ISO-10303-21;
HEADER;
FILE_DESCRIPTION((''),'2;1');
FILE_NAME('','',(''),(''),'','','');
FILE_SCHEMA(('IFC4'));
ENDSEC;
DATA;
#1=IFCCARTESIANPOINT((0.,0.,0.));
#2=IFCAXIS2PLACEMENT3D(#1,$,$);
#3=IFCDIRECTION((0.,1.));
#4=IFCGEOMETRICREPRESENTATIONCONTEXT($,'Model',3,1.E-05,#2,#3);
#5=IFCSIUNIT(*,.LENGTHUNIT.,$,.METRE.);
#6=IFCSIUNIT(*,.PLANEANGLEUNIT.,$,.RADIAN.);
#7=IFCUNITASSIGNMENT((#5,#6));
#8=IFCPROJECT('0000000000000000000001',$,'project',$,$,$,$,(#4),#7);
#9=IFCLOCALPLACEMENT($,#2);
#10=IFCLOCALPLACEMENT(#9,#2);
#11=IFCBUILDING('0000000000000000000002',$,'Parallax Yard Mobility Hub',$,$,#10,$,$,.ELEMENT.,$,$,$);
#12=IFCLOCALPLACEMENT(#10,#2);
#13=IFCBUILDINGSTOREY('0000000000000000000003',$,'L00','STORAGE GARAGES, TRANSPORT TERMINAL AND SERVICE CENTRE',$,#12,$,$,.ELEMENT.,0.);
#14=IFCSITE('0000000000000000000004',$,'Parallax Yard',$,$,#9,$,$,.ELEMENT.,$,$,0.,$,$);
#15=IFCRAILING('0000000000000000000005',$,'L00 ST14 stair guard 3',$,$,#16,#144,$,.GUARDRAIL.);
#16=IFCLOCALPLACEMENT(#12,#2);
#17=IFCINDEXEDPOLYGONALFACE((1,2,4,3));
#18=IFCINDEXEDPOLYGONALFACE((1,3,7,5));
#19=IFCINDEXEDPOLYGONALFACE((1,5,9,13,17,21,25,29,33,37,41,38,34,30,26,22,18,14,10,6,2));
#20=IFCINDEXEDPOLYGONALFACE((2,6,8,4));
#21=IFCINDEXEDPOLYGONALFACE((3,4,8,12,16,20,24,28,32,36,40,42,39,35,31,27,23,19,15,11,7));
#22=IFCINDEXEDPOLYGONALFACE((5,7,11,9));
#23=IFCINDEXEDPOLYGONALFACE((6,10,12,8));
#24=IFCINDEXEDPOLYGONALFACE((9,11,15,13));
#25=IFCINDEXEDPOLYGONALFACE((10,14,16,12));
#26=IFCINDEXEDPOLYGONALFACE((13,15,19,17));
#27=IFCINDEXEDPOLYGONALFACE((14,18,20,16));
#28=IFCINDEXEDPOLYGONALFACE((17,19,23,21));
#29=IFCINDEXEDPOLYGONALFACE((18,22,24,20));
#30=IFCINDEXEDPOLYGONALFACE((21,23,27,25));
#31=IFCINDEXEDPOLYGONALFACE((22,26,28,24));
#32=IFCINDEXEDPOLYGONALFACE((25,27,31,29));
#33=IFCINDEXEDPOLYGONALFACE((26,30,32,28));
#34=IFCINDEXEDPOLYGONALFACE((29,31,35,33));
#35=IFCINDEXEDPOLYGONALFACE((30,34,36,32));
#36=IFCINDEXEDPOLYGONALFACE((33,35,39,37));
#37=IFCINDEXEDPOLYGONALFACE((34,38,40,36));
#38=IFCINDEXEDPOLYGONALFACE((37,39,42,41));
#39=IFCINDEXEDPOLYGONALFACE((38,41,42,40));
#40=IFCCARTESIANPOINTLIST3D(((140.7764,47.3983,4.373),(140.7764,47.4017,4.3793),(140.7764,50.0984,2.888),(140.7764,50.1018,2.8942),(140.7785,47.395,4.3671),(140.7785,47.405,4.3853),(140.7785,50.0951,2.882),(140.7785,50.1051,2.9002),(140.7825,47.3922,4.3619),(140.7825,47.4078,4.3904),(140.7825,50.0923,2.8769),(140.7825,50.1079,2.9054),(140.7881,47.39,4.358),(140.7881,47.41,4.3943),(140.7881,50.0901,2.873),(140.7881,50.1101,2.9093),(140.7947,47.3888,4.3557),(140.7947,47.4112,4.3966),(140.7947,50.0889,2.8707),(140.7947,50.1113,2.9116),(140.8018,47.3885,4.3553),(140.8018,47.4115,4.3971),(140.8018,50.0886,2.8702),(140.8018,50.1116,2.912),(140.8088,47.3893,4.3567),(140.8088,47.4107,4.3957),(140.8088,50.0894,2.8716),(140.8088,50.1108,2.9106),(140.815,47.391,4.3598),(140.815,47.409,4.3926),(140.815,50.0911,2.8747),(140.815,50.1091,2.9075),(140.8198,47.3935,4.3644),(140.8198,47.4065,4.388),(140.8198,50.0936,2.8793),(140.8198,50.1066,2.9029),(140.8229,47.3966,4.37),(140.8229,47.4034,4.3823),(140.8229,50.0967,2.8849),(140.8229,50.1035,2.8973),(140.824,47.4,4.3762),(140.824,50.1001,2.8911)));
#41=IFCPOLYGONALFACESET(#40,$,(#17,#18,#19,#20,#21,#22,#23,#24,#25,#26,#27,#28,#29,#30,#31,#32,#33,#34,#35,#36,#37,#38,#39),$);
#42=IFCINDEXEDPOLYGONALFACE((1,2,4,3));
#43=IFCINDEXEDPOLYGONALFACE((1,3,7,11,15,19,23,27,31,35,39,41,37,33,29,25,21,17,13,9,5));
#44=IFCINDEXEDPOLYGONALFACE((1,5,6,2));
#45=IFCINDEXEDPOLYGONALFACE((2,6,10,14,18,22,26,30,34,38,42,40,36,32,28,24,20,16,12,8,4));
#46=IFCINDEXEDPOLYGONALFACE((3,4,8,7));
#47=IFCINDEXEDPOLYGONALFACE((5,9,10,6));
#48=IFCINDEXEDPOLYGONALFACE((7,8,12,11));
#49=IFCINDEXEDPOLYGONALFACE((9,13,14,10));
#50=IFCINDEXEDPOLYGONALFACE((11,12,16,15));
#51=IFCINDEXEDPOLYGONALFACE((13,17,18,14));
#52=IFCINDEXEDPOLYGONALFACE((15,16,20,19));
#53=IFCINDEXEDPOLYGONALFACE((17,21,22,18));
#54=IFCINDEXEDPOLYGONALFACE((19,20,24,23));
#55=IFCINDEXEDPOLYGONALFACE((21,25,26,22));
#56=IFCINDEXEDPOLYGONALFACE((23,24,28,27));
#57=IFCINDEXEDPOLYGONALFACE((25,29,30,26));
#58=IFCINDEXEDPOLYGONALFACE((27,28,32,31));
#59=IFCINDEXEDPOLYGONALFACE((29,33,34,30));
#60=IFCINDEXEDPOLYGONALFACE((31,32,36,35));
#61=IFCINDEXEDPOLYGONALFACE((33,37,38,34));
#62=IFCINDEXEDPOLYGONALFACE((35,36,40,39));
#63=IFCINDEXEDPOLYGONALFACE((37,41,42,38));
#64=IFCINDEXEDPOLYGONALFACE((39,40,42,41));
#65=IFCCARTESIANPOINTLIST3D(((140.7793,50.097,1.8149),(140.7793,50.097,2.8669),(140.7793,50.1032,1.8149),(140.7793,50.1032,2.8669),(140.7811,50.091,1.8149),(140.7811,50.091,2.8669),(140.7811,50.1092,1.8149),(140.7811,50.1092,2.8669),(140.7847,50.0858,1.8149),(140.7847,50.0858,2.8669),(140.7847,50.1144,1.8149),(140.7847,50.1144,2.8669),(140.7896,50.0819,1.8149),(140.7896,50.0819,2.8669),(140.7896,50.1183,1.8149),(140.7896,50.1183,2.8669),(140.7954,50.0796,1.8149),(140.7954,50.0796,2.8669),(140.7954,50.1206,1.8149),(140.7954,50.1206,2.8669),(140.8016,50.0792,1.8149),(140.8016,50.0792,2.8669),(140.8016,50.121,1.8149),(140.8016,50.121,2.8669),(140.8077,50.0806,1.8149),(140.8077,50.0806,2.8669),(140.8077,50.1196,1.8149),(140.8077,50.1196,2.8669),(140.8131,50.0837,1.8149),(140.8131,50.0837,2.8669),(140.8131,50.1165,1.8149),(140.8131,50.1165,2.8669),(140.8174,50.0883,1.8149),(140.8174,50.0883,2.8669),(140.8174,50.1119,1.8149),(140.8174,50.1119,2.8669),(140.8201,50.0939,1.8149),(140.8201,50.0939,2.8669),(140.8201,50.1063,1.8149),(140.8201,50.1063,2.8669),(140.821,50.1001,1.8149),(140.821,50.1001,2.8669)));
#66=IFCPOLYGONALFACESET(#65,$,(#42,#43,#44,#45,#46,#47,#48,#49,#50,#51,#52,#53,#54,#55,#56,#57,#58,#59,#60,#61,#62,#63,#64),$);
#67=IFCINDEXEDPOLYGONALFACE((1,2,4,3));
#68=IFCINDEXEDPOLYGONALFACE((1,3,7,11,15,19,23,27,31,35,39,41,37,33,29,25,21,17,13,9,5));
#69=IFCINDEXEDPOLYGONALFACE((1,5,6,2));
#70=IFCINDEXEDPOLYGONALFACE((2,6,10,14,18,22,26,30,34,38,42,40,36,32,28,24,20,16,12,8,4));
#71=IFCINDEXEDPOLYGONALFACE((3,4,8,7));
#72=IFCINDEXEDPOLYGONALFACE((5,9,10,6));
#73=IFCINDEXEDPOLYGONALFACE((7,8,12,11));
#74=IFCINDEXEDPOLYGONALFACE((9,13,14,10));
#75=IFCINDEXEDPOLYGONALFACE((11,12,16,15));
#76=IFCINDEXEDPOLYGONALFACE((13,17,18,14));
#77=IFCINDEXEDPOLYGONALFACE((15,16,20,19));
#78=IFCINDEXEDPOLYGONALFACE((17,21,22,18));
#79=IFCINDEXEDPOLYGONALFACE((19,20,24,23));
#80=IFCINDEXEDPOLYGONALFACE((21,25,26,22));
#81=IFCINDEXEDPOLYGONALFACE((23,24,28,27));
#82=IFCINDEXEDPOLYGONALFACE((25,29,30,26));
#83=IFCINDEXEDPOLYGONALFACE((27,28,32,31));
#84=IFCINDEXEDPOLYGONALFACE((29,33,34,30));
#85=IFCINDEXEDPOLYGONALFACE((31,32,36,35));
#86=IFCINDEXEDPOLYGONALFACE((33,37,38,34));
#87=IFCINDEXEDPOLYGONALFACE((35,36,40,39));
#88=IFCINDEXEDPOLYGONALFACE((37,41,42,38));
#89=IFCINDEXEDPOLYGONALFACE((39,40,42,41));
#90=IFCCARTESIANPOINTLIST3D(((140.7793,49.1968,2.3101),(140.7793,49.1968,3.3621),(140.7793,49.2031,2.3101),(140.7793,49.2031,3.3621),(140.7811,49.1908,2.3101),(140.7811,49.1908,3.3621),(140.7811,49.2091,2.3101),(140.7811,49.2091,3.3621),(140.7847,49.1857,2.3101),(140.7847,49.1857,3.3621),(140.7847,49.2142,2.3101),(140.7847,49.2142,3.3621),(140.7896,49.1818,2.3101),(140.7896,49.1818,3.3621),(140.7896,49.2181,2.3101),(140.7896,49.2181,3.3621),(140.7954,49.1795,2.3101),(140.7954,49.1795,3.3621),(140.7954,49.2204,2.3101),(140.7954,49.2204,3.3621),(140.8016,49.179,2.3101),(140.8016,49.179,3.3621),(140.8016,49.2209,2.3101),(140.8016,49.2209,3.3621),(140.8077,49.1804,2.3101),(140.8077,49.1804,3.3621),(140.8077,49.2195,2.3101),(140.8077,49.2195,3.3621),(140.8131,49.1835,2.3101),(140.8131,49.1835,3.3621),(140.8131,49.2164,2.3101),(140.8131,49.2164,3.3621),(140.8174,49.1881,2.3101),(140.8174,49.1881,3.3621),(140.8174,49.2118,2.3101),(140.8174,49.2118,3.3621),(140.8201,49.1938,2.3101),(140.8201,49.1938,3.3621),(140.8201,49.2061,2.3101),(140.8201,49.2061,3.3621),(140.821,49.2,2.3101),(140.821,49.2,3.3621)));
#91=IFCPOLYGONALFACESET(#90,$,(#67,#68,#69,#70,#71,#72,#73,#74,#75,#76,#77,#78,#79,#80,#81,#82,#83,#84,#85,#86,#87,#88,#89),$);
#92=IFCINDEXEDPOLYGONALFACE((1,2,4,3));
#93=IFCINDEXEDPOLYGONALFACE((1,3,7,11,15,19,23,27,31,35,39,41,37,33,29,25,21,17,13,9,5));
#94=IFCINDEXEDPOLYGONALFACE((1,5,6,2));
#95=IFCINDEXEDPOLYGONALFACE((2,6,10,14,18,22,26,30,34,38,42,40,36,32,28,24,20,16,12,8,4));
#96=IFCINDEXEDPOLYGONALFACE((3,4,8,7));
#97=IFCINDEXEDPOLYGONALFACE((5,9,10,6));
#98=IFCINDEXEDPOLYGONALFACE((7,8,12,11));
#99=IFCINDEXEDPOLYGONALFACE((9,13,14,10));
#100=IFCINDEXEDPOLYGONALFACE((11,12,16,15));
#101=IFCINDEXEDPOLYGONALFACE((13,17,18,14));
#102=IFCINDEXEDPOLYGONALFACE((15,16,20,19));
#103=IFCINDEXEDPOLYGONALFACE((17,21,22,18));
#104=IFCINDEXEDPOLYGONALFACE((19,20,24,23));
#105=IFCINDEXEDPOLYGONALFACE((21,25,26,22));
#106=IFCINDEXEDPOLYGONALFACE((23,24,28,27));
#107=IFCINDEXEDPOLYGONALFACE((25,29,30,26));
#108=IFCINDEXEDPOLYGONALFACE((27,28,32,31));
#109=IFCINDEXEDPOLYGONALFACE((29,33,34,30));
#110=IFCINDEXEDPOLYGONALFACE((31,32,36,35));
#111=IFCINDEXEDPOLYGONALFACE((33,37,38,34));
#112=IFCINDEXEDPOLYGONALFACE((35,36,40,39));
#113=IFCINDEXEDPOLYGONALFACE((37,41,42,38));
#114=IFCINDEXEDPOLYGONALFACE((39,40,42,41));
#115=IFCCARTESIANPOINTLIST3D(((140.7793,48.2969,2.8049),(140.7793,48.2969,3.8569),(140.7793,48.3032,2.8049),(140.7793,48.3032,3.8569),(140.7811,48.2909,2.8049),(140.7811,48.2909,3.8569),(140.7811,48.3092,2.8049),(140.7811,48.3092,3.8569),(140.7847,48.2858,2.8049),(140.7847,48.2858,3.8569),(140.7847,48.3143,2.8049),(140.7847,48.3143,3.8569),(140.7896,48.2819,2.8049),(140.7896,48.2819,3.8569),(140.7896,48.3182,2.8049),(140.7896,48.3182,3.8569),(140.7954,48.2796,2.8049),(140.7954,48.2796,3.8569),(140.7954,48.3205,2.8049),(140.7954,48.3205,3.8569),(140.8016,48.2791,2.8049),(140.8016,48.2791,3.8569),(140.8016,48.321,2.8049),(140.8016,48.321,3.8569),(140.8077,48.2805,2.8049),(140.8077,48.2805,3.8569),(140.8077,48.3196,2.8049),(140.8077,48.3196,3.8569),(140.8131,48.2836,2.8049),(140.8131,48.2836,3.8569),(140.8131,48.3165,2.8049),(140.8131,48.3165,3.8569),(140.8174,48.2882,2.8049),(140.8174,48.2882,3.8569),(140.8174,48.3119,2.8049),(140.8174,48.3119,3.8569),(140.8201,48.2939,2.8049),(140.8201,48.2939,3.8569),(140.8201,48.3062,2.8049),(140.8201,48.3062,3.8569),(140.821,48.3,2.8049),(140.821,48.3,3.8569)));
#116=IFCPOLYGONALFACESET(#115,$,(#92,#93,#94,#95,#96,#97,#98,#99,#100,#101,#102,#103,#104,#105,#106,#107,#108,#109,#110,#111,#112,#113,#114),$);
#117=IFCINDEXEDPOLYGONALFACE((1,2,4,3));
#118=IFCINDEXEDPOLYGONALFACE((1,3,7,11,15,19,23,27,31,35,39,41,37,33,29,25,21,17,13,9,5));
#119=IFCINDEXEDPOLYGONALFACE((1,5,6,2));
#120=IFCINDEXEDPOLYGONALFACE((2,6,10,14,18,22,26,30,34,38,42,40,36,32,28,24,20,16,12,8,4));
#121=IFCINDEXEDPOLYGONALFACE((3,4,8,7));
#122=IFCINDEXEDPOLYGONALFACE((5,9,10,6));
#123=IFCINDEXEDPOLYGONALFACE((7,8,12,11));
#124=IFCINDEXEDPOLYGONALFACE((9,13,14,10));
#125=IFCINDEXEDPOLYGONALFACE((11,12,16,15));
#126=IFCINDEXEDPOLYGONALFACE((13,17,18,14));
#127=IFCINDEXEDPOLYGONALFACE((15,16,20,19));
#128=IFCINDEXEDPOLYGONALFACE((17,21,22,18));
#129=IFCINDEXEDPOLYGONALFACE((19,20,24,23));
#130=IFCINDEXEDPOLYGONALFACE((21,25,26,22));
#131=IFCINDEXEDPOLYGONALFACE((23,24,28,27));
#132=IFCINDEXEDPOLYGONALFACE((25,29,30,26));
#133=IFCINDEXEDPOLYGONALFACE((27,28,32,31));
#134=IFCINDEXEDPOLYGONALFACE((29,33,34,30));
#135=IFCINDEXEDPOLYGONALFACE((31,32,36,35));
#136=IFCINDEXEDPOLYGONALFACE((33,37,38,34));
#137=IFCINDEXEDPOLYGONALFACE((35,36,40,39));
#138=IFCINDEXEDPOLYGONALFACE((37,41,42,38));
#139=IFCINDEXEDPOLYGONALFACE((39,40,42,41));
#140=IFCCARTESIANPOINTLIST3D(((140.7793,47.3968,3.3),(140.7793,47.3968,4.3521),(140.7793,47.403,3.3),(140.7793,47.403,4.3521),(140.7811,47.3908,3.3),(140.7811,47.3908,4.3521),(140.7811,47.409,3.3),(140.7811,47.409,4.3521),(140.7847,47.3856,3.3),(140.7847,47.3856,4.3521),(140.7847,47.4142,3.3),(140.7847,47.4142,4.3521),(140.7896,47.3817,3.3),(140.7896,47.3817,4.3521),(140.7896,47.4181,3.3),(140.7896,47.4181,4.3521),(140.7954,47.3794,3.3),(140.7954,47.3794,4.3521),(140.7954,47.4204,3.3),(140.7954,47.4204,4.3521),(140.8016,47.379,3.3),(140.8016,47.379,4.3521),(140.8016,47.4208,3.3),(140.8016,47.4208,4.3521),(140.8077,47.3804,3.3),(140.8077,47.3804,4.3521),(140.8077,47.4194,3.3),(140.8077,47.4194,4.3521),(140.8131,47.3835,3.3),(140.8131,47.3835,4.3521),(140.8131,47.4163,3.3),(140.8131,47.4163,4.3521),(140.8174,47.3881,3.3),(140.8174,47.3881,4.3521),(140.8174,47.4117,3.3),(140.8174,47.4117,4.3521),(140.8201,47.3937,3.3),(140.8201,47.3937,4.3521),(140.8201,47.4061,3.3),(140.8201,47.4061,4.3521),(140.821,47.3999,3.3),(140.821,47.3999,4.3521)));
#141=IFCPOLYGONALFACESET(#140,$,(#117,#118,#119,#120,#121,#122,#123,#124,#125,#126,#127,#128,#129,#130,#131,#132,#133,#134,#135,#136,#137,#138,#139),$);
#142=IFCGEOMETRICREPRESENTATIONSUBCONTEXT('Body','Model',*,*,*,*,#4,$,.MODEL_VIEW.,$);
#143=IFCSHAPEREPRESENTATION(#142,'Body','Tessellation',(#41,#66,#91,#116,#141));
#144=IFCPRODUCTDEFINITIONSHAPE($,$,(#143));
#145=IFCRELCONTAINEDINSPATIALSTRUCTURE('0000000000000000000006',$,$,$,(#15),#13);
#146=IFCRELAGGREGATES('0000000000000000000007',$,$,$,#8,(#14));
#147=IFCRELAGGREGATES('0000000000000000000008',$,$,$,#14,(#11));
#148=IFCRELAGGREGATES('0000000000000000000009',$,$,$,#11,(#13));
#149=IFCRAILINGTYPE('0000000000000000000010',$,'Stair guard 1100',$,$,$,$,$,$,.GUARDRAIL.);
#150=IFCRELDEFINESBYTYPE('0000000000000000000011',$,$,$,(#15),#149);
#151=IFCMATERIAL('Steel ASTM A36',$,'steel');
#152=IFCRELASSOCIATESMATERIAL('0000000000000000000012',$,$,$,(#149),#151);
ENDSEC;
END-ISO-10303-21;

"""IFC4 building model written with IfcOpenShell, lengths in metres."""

from ifc_helpers import new_model, si_unit, direction, frame, origin, origin_2d, place, context, subcontext, project, spatial, circle, extrude, material, type_object, element, save


model = new_model("IFC4")

# Units and contexts
model_context = context("Model", 3, precision=1e-05, world=origin(), true_north=direction((0.0, 1.0)))
body_context = subcontext(model_context, "Body", "Model", "MODEL_VIEW")
ifc_project = project(units=[si_unit("LENGTHUNIT", "METRE"), si_unit("PLANEANGLEUNIT", "RADIAN")], contexts=[model_context])

# Site, building, storey
site_placement = place(None, origin())
site = spatial("IfcSite", under=ifc_project, at=site_placement, Name="Parallax Yard", CompositionType="ELEMENT", RefElevation=0.0)
building_placement = place(site_placement, origin())
building = spatial("IfcBuilding", under=site, at=building_placement, Name="Parallax Yard Mobility Hub", CompositionType="ELEMENT")
storey_placement = place(building_placement, origin())
storey = spatial("IfcBuildingStorey", under=building, at=storey_placement, Name="L00", Description="STORAGE GARAGES, TRANSPORT TERMINAL AND SERVICE CENTRE", CompositionType="ELEMENT", Elevation=0.0)

# Railing
ifc_material_1 = material(Name="Steel ASTM A36", Category="steel")
railing_type_1 = type_object("IfcRailingType", Name="Stair guard 1100", PredefinedType="GUARDRAIL", material=ifc_material_1)
railing_1_placement = place(storey_placement, frame((140.8, 50.1001, 1.8149)))
element("IfcRailing", 1, at=railing_1_placement, inside=storey, type_object=railing_type_1, Name="L00 ST14 stair guard 3", PredefinedType="GUARDRAIL", context=body_context, shape_type="SweptSolid", body=[
    extrude(circle(Radius=0.0239, at=origin_2d()), frame((0.0, 0.0, 1.0762), z_axis=(0.0, -0.876216, 0.481919), x_axis=(1.0, 0.0, 0.0)), (0.0, 0.0, 1.0), 3.0815),
    extrude(circle(Radius=0.021, at=origin_2d()), origin(), (0.0, 0.0, 1.0), 1.052),
    extrude(circle(Radius=0.021, at=origin_2d()), frame((0.0, -0.9001, 0.4951)), (0.0, 0.0, 1.0), 1.052),
    extrude(circle(Radius=0.021, at=origin_2d()), frame((0.0, -1.8, 0.99)), (0.0, 0.0, 1.0), 1.052),
    extrude(circle(Radius=0.021, at=origin_2d()), frame((0.0, -2.7002, 1.4851)), (0.0, 0.0, 1.0), 1.052),
])

save(model, "model.ifc")
